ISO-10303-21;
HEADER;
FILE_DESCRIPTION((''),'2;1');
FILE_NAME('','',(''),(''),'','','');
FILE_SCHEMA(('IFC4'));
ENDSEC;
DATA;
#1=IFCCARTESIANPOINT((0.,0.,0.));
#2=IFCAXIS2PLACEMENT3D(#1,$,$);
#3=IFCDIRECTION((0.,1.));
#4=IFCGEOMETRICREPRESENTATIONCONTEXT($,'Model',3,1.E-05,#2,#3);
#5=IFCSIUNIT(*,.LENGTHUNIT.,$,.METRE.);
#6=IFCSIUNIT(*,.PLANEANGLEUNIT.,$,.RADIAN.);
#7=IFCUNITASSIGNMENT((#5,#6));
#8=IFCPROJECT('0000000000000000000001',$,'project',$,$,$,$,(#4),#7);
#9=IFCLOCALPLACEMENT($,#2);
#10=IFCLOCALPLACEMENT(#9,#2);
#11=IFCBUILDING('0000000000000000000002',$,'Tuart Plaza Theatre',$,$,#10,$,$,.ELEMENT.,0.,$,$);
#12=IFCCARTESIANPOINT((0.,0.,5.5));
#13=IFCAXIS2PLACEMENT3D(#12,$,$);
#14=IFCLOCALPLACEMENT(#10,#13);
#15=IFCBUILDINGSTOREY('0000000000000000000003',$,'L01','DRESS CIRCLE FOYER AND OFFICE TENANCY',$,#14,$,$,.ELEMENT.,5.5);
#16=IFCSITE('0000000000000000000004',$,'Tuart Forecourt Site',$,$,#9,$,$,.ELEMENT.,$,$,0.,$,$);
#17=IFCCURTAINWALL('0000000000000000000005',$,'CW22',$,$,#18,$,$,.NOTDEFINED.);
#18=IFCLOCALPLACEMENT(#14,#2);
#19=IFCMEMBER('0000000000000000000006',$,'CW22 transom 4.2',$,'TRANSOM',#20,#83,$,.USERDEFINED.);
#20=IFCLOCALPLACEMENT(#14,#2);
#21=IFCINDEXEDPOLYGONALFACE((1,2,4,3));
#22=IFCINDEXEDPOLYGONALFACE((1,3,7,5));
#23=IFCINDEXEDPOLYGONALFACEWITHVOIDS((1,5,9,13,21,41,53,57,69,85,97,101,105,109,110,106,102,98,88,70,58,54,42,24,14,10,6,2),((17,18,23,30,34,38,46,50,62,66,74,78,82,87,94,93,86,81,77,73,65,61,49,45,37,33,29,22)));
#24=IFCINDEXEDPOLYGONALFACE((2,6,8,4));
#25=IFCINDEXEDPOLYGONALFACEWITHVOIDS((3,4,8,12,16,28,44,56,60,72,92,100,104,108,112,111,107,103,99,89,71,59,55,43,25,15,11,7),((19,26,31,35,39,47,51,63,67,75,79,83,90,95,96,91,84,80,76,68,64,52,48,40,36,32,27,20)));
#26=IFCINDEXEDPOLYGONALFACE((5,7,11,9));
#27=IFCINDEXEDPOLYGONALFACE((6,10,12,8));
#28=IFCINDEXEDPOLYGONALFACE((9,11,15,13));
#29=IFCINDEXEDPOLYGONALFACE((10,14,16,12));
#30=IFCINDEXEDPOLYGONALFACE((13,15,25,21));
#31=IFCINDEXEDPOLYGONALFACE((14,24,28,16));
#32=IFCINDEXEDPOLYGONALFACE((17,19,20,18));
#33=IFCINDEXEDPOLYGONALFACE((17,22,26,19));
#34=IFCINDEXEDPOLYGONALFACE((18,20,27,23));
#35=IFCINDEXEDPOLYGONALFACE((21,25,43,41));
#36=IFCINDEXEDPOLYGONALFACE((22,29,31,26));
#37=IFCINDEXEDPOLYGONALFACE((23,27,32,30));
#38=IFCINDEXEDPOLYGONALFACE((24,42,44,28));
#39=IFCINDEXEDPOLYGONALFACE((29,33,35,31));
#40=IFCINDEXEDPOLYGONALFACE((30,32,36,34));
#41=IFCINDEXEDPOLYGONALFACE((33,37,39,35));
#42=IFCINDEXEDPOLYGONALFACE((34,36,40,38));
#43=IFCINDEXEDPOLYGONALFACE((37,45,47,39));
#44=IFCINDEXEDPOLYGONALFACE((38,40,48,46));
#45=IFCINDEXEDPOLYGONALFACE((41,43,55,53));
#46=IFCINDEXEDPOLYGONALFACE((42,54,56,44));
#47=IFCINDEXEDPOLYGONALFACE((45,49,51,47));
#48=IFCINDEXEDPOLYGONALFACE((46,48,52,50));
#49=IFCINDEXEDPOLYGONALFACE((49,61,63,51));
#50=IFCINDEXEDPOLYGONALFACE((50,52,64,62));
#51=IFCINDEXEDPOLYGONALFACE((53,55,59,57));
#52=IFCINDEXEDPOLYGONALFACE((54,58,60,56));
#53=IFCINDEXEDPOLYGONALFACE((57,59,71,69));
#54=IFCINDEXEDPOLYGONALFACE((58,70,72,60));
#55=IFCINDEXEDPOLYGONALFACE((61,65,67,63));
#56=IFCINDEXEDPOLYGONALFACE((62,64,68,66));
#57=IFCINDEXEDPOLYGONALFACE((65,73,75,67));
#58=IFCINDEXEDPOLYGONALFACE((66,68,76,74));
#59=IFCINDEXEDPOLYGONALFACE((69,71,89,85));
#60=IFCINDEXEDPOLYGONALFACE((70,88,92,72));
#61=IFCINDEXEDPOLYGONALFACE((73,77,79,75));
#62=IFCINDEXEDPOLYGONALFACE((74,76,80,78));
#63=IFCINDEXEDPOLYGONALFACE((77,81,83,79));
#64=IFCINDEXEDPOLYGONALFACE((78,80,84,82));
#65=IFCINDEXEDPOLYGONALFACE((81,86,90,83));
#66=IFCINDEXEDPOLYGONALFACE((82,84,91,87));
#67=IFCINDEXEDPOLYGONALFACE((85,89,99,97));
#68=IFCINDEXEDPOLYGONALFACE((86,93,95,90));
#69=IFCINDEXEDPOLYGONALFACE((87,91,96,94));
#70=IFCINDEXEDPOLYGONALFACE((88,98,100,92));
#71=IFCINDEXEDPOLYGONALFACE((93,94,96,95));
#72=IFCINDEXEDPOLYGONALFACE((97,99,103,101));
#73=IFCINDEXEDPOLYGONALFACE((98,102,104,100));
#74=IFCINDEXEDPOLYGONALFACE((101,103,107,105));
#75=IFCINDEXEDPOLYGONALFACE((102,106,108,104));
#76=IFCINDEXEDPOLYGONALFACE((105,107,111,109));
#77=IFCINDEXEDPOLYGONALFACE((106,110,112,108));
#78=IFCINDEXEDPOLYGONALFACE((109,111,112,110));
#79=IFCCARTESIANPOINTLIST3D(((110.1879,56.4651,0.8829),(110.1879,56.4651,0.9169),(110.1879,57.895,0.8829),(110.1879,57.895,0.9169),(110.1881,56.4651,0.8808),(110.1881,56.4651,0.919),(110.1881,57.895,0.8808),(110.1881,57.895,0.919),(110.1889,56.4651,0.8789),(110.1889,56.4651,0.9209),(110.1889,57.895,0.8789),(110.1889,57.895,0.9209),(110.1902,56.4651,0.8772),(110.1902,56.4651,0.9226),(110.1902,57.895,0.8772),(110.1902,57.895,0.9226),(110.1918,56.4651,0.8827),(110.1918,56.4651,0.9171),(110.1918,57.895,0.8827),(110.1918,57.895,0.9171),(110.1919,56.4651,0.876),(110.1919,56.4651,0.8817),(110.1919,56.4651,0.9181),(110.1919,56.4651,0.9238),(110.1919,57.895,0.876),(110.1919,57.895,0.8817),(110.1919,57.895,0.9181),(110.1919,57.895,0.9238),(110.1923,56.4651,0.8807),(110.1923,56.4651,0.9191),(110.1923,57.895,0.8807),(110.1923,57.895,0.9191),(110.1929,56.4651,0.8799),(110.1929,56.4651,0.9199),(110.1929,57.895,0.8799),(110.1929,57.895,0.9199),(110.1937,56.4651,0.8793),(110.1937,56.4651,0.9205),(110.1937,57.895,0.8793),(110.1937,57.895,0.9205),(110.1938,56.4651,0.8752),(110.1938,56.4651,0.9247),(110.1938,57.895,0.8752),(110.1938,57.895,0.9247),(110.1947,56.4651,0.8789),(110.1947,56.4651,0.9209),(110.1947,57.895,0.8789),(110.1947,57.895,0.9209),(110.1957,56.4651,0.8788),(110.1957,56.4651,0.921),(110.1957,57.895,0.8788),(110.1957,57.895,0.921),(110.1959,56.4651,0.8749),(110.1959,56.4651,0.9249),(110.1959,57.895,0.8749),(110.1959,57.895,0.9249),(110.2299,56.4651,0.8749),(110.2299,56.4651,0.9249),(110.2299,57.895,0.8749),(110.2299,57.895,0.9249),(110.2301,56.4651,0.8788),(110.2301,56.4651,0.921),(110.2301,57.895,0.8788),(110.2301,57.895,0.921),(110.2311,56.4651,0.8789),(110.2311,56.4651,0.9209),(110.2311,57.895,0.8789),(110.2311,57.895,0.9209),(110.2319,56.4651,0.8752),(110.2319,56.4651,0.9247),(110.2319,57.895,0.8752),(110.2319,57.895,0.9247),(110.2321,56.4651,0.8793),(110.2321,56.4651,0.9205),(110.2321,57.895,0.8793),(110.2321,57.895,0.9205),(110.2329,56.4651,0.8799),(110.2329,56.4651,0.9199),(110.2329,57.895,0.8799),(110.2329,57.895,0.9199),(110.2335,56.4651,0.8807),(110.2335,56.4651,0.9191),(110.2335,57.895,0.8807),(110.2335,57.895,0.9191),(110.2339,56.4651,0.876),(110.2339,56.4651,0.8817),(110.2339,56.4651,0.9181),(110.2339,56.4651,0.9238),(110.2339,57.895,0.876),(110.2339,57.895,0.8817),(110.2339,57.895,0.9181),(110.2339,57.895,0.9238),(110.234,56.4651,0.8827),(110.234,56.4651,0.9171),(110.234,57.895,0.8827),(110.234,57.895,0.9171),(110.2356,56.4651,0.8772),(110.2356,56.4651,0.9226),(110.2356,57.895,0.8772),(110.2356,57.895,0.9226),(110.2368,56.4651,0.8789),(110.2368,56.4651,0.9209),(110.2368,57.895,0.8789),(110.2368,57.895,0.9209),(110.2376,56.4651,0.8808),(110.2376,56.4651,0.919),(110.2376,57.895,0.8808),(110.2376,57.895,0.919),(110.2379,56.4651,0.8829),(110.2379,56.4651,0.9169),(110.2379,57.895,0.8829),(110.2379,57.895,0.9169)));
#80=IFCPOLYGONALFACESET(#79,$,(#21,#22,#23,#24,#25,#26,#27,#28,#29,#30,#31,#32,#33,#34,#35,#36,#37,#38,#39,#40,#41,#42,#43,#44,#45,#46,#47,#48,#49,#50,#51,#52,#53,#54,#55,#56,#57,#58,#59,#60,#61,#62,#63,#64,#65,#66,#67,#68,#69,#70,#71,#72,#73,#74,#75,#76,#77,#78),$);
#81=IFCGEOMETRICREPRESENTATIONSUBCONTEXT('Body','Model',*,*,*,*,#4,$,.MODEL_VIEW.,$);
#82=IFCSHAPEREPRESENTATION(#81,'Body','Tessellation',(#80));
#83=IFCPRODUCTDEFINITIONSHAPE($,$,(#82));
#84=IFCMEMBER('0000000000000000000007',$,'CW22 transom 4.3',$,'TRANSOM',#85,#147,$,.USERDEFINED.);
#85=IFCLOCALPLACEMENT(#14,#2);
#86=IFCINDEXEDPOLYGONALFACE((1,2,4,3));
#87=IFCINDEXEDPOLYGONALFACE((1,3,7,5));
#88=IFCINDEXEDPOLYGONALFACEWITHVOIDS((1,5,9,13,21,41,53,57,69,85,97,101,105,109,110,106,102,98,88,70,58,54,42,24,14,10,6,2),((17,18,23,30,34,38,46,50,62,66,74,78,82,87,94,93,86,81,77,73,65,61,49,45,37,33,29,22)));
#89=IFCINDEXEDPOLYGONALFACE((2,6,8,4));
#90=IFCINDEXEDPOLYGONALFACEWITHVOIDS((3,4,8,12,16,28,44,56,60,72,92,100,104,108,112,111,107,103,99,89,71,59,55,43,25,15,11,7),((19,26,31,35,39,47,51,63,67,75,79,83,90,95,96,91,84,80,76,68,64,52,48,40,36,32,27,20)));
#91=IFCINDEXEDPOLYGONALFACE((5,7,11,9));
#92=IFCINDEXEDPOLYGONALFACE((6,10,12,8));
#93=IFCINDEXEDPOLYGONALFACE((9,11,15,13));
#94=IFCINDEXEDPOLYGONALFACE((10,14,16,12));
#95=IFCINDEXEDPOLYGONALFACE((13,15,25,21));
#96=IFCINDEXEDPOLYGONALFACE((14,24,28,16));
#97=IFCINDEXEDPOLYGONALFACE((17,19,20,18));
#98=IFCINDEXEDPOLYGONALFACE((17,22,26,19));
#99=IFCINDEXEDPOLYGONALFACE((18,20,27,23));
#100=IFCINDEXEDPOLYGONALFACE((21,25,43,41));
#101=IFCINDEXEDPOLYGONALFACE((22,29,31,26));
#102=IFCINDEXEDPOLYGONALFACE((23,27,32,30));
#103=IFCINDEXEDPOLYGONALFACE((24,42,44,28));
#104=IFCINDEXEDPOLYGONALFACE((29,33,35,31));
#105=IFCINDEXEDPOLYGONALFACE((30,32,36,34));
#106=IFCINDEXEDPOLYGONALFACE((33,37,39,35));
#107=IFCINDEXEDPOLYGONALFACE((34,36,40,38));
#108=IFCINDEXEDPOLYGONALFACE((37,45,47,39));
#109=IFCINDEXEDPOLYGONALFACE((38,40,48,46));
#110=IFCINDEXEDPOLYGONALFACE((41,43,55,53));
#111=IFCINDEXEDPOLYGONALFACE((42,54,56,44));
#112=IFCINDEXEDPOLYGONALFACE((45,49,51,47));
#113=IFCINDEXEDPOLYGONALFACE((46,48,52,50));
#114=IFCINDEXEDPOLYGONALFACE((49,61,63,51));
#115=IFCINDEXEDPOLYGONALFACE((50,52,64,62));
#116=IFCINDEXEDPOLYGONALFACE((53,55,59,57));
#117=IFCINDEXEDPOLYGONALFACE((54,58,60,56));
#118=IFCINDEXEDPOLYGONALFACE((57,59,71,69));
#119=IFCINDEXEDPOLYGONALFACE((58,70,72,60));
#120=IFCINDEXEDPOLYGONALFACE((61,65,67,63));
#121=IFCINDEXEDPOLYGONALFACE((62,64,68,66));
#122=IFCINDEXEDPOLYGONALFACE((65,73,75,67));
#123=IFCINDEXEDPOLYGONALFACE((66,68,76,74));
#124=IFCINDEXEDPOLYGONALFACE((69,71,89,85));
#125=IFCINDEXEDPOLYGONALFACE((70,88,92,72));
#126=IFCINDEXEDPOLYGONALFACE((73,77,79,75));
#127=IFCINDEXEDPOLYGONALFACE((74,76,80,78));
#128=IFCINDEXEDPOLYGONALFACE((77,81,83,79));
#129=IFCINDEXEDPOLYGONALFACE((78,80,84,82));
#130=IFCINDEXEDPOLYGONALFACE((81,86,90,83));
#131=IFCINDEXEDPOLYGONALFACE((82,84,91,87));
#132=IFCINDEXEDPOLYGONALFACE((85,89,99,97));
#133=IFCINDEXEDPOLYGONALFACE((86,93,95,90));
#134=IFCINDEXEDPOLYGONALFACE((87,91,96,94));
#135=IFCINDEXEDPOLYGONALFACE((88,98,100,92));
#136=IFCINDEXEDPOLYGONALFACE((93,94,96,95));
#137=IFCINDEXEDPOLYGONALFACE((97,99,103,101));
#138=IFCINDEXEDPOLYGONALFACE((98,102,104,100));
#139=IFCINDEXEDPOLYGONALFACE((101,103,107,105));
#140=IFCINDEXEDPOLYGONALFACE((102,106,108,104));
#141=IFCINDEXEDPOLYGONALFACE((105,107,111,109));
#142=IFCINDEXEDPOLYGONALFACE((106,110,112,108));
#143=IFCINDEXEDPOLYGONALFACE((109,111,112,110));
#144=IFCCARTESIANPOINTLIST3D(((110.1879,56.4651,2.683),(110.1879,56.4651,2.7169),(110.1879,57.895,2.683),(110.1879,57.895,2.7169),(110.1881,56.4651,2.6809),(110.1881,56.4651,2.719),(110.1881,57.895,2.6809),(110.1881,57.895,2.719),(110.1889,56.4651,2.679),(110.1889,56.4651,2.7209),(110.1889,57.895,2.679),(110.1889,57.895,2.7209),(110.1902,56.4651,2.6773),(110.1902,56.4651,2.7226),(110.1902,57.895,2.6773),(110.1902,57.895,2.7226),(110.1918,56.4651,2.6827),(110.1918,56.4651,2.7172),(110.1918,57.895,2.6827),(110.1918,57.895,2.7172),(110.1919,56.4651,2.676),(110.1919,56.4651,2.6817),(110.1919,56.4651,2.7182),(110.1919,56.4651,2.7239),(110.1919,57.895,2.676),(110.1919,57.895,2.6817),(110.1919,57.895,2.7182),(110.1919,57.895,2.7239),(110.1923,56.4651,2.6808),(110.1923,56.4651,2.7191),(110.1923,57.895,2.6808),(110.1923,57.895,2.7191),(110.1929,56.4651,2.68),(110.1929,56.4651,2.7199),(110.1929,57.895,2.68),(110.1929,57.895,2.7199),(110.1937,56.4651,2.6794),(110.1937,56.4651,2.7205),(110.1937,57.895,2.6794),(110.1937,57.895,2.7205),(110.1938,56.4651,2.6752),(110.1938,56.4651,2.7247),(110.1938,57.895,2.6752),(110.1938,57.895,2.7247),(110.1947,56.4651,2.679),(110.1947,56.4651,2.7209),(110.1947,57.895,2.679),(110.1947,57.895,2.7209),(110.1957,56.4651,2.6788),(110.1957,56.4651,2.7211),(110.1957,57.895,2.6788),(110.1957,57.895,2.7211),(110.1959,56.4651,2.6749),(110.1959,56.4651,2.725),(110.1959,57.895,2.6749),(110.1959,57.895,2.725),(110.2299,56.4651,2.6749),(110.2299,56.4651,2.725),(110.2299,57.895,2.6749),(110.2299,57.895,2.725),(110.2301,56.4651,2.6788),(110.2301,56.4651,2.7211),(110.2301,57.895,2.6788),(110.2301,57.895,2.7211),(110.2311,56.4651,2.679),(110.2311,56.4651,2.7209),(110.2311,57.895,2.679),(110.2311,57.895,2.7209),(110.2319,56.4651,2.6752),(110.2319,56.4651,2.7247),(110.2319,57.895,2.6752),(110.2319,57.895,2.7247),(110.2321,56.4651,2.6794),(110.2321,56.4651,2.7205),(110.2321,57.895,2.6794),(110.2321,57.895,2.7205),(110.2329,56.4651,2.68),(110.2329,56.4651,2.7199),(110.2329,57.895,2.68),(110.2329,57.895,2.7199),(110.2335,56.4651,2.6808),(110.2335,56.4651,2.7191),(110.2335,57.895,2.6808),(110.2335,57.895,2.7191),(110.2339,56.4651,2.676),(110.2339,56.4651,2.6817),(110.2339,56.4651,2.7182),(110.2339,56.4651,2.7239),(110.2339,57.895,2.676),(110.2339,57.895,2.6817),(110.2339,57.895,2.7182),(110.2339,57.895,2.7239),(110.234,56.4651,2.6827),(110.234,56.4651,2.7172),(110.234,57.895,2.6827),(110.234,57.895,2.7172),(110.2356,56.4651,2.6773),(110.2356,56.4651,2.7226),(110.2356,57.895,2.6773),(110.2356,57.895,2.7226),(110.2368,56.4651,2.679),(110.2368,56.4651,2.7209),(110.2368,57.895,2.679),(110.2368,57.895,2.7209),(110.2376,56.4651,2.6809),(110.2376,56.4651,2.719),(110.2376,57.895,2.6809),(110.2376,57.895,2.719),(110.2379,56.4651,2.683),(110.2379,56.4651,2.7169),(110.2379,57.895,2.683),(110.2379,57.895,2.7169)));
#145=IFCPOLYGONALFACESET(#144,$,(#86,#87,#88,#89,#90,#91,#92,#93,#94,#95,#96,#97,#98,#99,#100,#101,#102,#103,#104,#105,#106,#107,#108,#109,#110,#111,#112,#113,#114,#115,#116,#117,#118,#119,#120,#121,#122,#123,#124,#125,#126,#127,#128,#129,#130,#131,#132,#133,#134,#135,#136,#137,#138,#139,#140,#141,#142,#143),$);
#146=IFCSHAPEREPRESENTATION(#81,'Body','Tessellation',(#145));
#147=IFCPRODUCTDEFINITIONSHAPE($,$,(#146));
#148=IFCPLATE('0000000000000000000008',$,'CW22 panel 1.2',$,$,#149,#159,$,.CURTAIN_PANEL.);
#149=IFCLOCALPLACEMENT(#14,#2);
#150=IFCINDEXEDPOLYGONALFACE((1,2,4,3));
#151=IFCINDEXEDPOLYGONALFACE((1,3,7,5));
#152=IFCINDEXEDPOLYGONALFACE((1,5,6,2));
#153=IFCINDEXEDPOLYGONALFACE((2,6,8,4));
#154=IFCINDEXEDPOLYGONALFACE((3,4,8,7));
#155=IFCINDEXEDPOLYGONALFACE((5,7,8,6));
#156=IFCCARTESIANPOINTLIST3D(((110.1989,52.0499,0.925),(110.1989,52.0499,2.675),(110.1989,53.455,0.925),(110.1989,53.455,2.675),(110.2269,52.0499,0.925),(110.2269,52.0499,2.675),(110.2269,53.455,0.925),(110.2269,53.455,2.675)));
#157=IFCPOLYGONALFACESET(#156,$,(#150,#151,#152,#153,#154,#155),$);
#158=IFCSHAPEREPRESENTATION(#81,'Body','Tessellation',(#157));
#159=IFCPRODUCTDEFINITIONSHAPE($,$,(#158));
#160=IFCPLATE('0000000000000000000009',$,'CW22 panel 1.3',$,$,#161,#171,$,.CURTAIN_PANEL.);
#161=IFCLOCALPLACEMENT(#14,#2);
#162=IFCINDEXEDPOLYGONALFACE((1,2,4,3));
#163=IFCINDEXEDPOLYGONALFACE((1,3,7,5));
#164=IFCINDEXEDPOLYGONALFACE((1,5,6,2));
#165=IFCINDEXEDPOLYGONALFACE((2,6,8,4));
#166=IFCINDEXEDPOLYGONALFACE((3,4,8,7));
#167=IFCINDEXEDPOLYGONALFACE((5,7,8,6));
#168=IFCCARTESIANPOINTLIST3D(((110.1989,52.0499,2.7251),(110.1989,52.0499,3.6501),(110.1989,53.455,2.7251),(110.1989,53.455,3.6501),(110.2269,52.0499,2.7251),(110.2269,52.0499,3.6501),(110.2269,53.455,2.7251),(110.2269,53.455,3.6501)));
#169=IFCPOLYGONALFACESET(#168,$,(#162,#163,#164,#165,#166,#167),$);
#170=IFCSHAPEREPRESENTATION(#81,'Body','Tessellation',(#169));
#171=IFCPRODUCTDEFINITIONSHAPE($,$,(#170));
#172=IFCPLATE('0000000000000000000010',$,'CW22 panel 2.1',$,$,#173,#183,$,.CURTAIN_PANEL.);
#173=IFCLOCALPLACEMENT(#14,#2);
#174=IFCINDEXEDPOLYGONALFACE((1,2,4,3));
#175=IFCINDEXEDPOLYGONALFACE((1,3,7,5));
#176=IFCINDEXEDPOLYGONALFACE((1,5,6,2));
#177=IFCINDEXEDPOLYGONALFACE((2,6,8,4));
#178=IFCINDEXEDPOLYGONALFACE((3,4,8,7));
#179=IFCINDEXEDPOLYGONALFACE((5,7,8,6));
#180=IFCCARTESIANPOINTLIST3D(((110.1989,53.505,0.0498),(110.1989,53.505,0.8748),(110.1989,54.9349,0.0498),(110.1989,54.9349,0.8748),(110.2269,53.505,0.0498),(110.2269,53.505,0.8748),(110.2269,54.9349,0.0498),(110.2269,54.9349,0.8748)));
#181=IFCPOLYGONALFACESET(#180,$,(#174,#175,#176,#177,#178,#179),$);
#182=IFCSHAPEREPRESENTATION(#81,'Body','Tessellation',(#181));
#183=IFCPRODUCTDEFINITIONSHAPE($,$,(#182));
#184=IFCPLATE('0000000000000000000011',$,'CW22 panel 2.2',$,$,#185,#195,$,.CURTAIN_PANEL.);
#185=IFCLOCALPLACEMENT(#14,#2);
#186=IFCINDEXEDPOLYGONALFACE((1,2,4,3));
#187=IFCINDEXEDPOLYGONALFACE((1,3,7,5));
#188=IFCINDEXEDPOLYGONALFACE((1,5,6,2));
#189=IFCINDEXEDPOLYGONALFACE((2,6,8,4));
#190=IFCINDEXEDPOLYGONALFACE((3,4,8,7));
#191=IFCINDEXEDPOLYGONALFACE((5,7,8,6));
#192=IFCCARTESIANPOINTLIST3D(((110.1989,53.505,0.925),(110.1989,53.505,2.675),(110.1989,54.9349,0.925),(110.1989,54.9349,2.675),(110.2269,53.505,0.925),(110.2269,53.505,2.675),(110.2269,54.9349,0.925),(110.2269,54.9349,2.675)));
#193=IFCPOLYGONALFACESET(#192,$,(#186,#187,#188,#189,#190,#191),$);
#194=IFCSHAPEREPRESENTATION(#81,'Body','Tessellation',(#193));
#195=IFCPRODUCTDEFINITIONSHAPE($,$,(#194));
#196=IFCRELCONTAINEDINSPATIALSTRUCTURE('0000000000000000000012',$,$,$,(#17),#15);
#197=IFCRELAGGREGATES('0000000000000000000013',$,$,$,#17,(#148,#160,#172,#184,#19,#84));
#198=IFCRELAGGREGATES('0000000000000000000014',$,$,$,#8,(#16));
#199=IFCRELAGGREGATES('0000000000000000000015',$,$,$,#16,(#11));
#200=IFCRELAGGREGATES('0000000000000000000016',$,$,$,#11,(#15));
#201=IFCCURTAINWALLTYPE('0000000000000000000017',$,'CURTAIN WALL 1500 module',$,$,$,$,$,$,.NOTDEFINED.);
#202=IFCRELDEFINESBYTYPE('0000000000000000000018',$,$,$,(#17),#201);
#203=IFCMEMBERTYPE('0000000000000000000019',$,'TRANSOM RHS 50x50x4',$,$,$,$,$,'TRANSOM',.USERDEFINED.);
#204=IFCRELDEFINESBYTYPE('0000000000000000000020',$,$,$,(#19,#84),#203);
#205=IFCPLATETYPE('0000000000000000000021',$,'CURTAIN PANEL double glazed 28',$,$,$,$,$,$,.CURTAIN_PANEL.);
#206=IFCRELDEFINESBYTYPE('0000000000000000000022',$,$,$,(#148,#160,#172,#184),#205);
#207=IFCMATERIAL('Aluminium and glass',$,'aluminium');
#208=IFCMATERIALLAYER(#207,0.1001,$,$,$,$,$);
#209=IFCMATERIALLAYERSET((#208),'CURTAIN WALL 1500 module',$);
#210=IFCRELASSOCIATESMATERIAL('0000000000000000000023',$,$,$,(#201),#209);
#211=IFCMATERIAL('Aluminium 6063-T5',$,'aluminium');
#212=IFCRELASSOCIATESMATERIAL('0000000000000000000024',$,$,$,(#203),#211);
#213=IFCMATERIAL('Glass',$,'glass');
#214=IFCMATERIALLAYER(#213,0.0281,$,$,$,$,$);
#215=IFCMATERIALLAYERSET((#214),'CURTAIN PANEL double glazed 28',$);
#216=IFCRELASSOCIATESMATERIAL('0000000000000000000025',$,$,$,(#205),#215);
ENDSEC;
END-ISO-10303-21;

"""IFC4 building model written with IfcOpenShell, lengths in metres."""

from ifc_helpers import new_model, si_unit, direction, frame, origin, origin_2d, place, context, subcontext, project, spatial, rectangle, hollow_rectangle, extrude, material, layer, layer_set, material_profile, profile_set, type_object, element, aggregate, save


model = new_model("IFC4")

# Units and contexts
model_context = context("Model", 3, precision=1e-05, world=origin(), true_north=direction((0.0, 1.0)))
body_context = subcontext(model_context, "Body", "Model", "MODEL_VIEW")
ifc_project = project(units=[si_unit("LENGTHUNIT", "METRE"), si_unit("PLANEANGLEUNIT", "RADIAN")], contexts=[model_context])

# Site, building, storey
site_placement = place(None, origin())
site = spatial("IfcSite", under=ifc_project, at=site_placement, Name="Tuart Forecourt Site", CompositionType="ELEMENT", RefElevation=0.0)
building_placement = place(site_placement, origin())
building = spatial("IfcBuilding", under=site, at=building_placement, Name="Tuart Plaza Theatre", CompositionType="ELEMENT", ElevationOfRefHeight=0.0)
storey_placement = place(building_placement, frame((0.0, 0.0, 5.5)))
storey = spatial("IfcBuildingStorey", under=building, at=storey_placement, Name="L01", Description="DRESS CIRCLE FOYER AND OFFICE TENANCY", CompositionType="ELEMENT", Elevation=5.5)

# Curtain wall, members, plates
ifc_material_1 = material(Name="Aluminium and glass", Category="aluminium")
ifc_layer_1 = layer(ifc_material_1, 0.1001)
ifc_layer_set_1 = layer_set([ifc_layer_1], Name="CURTAIN WALL 1500 module")
curtain_wall_type = type_object("IfcCurtainWallType", Name="CURTAIN WALL 1500 module", PredefinedType="NOTDEFINED", material=ifc_layer_set_1)
curtain_wall_placement = place(storey_placement, origin())
curtain_wall = element("IfcCurtainWall", 1, at=curtain_wall_placement, inside=storey, type_object=curtain_wall_type, Name="CW22", PredefinedType="NOTDEFINED")
ifc_material_2 = material(Name="Aluminium 6063-T5", Category="aluminium")
ifc_material_profile_1 = material_profile(ifc_material_2, hollow_rectangle(XDim=0.05, YDim=0.05, WallThickness=0.0039, InnerFilletRadius=0.0039, OuterFilletRadius=0.0081, at=origin_2d()), Name="RHS 50x50x4")
ifc_profile_set_1 = profile_set([ifc_material_profile_1], Name="Aluminium 6063-T5")
member_type_1 = type_object("IfcMemberType", Name="TRANSOM RHS 50x50x4", ElementType="TRANSOM", PredefinedType="USERDEFINED", material=ifc_profile_set_1)
member_1_placement = place(storey_placement, frame((110.2129, 56.4651, 0.8999), z_axis=(0.0, 1.0, 0.0), x_axis=(-1.0, 0.0, 0.0)))
member_1 = element("IfcMember", 2, at=member_1_placement, type_object=member_type_1, Name="CW22 transom 4.2", ObjectType="TRANSOM", PredefinedType="USERDEFINED", context=body_context, shape_type="SweptSolid", body=[
    extrude(hollow_rectangle(XDim=0.05, YDim=0.05, WallThickness=0.0039, InnerFilletRadius=0.0039, OuterFilletRadius=0.0081, at=origin_2d()), origin(), (0.0, 0.0, 1.0), 1.4299),
])
member_2_placement = place(storey_placement, frame((110.2129, 56.4651, 2.7), z_axis=(0.0, 1.0, 0.0), x_axis=(-1.0, 0.0, 0.0)))
member_2 = element("IfcMember", 3, at=member_2_placement, type_object=member_type_1, Name="CW22 transom 4.3", ObjectType="TRANSOM", PredefinedType="USERDEFINED", context=body_context, shape_type="SweptSolid", body=[
    extrude(hollow_rectangle(XDim=0.05, YDim=0.05, WallThickness=0.0039, InnerFilletRadius=0.0039, OuterFilletRadius=0.0081, at=origin_2d()), origin(), (0.0, 0.0, 1.0), 1.4299),
])
ifc_material_3 = material(Name="Glass", Category="glass")
ifc_layer_2 = layer(ifc_material_3, 0.0281)
ifc_layer_set_2 = layer_set([ifc_layer_2], Name="CURTAIN PANEL double glazed 28")
plate_type = type_object("IfcPlateType", Name="CURTAIN PANEL double glazed 28", PredefinedType="CURTAIN_PANEL", material=ifc_layer_set_2)
plate_1_placement = place(storey_placement, frame((110.2129, 52.7524, 0.925), z_axis=(0.0, 0.0, 1.0), x_axis=(0.0, 1.0, 0.0)))
plate_1 = element("IfcPlate", 4, at=plate_1_placement, type_object=plate_type, Name="CW22 panel 1.2", PredefinedType="CURTAIN_PANEL", context=body_context, shape_type="SweptSolid", body=[
    extrude(rectangle(XDim=1.405, YDim=0.0281, at=origin_2d()), origin(), (0.0, 0.0, 1.0), 1.75),
])
plate_2_placement = place(storey_placement, frame((110.2129, 52.7524, 2.7251), z_axis=(0.0, 0.0, 1.0), x_axis=(0.0, 1.0, 0.0)))
plate_2 = element("IfcPlate", 5, at=plate_2_placement, type_object=plate_type, Name="CW22 panel 1.3", PredefinedType="CURTAIN_PANEL", context=body_context, shape_type="SweptSolid", body=[
    extrude(rectangle(XDim=1.405, YDim=0.0281, at=origin_2d()), origin(), (0.0, 0.0, 1.0), 0.925),
])
plate_3_placement = place(storey_placement, frame((110.2129, 54.22, 0.0498), z_axis=(0.0, 0.0, 1.0), x_axis=(0.0, 1.0, 0.0)))
plate_3 = element("IfcPlate", 6, at=plate_3_placement, type_object=plate_type, Name="CW22 panel 2.1", PredefinedType="CURTAIN_PANEL", context=body_context, shape_type="SweptSolid", body=[
    extrude(rectangle(XDim=1.4299, YDim=0.0281, at=origin_2d()), origin(), (0.0, 0.0, 1.0), 0.825),
])
plate_4_placement = place(storey_placement, frame((110.2129, 54.22, 0.925), z_axis=(0.0, 0.0, 1.0), x_axis=(0.0, 1.0, 0.0)))
plate_4 = element("IfcPlate", 7, at=plate_4_placement, type_object=plate_type, Name="CW22 panel 2.2", PredefinedType="CURTAIN_PANEL", context=body_context, shape_type="SweptSolid", body=[
    extrude(rectangle(XDim=1.4299, YDim=0.0281, at=origin_2d()), origin(), (0.0, 0.0, 1.0), 1.75),
])
aggregate(curtain_wall, [plate_1, plate_2, plate_3, plate_4, member_1, member_2])

save(model, "model.ifc")
